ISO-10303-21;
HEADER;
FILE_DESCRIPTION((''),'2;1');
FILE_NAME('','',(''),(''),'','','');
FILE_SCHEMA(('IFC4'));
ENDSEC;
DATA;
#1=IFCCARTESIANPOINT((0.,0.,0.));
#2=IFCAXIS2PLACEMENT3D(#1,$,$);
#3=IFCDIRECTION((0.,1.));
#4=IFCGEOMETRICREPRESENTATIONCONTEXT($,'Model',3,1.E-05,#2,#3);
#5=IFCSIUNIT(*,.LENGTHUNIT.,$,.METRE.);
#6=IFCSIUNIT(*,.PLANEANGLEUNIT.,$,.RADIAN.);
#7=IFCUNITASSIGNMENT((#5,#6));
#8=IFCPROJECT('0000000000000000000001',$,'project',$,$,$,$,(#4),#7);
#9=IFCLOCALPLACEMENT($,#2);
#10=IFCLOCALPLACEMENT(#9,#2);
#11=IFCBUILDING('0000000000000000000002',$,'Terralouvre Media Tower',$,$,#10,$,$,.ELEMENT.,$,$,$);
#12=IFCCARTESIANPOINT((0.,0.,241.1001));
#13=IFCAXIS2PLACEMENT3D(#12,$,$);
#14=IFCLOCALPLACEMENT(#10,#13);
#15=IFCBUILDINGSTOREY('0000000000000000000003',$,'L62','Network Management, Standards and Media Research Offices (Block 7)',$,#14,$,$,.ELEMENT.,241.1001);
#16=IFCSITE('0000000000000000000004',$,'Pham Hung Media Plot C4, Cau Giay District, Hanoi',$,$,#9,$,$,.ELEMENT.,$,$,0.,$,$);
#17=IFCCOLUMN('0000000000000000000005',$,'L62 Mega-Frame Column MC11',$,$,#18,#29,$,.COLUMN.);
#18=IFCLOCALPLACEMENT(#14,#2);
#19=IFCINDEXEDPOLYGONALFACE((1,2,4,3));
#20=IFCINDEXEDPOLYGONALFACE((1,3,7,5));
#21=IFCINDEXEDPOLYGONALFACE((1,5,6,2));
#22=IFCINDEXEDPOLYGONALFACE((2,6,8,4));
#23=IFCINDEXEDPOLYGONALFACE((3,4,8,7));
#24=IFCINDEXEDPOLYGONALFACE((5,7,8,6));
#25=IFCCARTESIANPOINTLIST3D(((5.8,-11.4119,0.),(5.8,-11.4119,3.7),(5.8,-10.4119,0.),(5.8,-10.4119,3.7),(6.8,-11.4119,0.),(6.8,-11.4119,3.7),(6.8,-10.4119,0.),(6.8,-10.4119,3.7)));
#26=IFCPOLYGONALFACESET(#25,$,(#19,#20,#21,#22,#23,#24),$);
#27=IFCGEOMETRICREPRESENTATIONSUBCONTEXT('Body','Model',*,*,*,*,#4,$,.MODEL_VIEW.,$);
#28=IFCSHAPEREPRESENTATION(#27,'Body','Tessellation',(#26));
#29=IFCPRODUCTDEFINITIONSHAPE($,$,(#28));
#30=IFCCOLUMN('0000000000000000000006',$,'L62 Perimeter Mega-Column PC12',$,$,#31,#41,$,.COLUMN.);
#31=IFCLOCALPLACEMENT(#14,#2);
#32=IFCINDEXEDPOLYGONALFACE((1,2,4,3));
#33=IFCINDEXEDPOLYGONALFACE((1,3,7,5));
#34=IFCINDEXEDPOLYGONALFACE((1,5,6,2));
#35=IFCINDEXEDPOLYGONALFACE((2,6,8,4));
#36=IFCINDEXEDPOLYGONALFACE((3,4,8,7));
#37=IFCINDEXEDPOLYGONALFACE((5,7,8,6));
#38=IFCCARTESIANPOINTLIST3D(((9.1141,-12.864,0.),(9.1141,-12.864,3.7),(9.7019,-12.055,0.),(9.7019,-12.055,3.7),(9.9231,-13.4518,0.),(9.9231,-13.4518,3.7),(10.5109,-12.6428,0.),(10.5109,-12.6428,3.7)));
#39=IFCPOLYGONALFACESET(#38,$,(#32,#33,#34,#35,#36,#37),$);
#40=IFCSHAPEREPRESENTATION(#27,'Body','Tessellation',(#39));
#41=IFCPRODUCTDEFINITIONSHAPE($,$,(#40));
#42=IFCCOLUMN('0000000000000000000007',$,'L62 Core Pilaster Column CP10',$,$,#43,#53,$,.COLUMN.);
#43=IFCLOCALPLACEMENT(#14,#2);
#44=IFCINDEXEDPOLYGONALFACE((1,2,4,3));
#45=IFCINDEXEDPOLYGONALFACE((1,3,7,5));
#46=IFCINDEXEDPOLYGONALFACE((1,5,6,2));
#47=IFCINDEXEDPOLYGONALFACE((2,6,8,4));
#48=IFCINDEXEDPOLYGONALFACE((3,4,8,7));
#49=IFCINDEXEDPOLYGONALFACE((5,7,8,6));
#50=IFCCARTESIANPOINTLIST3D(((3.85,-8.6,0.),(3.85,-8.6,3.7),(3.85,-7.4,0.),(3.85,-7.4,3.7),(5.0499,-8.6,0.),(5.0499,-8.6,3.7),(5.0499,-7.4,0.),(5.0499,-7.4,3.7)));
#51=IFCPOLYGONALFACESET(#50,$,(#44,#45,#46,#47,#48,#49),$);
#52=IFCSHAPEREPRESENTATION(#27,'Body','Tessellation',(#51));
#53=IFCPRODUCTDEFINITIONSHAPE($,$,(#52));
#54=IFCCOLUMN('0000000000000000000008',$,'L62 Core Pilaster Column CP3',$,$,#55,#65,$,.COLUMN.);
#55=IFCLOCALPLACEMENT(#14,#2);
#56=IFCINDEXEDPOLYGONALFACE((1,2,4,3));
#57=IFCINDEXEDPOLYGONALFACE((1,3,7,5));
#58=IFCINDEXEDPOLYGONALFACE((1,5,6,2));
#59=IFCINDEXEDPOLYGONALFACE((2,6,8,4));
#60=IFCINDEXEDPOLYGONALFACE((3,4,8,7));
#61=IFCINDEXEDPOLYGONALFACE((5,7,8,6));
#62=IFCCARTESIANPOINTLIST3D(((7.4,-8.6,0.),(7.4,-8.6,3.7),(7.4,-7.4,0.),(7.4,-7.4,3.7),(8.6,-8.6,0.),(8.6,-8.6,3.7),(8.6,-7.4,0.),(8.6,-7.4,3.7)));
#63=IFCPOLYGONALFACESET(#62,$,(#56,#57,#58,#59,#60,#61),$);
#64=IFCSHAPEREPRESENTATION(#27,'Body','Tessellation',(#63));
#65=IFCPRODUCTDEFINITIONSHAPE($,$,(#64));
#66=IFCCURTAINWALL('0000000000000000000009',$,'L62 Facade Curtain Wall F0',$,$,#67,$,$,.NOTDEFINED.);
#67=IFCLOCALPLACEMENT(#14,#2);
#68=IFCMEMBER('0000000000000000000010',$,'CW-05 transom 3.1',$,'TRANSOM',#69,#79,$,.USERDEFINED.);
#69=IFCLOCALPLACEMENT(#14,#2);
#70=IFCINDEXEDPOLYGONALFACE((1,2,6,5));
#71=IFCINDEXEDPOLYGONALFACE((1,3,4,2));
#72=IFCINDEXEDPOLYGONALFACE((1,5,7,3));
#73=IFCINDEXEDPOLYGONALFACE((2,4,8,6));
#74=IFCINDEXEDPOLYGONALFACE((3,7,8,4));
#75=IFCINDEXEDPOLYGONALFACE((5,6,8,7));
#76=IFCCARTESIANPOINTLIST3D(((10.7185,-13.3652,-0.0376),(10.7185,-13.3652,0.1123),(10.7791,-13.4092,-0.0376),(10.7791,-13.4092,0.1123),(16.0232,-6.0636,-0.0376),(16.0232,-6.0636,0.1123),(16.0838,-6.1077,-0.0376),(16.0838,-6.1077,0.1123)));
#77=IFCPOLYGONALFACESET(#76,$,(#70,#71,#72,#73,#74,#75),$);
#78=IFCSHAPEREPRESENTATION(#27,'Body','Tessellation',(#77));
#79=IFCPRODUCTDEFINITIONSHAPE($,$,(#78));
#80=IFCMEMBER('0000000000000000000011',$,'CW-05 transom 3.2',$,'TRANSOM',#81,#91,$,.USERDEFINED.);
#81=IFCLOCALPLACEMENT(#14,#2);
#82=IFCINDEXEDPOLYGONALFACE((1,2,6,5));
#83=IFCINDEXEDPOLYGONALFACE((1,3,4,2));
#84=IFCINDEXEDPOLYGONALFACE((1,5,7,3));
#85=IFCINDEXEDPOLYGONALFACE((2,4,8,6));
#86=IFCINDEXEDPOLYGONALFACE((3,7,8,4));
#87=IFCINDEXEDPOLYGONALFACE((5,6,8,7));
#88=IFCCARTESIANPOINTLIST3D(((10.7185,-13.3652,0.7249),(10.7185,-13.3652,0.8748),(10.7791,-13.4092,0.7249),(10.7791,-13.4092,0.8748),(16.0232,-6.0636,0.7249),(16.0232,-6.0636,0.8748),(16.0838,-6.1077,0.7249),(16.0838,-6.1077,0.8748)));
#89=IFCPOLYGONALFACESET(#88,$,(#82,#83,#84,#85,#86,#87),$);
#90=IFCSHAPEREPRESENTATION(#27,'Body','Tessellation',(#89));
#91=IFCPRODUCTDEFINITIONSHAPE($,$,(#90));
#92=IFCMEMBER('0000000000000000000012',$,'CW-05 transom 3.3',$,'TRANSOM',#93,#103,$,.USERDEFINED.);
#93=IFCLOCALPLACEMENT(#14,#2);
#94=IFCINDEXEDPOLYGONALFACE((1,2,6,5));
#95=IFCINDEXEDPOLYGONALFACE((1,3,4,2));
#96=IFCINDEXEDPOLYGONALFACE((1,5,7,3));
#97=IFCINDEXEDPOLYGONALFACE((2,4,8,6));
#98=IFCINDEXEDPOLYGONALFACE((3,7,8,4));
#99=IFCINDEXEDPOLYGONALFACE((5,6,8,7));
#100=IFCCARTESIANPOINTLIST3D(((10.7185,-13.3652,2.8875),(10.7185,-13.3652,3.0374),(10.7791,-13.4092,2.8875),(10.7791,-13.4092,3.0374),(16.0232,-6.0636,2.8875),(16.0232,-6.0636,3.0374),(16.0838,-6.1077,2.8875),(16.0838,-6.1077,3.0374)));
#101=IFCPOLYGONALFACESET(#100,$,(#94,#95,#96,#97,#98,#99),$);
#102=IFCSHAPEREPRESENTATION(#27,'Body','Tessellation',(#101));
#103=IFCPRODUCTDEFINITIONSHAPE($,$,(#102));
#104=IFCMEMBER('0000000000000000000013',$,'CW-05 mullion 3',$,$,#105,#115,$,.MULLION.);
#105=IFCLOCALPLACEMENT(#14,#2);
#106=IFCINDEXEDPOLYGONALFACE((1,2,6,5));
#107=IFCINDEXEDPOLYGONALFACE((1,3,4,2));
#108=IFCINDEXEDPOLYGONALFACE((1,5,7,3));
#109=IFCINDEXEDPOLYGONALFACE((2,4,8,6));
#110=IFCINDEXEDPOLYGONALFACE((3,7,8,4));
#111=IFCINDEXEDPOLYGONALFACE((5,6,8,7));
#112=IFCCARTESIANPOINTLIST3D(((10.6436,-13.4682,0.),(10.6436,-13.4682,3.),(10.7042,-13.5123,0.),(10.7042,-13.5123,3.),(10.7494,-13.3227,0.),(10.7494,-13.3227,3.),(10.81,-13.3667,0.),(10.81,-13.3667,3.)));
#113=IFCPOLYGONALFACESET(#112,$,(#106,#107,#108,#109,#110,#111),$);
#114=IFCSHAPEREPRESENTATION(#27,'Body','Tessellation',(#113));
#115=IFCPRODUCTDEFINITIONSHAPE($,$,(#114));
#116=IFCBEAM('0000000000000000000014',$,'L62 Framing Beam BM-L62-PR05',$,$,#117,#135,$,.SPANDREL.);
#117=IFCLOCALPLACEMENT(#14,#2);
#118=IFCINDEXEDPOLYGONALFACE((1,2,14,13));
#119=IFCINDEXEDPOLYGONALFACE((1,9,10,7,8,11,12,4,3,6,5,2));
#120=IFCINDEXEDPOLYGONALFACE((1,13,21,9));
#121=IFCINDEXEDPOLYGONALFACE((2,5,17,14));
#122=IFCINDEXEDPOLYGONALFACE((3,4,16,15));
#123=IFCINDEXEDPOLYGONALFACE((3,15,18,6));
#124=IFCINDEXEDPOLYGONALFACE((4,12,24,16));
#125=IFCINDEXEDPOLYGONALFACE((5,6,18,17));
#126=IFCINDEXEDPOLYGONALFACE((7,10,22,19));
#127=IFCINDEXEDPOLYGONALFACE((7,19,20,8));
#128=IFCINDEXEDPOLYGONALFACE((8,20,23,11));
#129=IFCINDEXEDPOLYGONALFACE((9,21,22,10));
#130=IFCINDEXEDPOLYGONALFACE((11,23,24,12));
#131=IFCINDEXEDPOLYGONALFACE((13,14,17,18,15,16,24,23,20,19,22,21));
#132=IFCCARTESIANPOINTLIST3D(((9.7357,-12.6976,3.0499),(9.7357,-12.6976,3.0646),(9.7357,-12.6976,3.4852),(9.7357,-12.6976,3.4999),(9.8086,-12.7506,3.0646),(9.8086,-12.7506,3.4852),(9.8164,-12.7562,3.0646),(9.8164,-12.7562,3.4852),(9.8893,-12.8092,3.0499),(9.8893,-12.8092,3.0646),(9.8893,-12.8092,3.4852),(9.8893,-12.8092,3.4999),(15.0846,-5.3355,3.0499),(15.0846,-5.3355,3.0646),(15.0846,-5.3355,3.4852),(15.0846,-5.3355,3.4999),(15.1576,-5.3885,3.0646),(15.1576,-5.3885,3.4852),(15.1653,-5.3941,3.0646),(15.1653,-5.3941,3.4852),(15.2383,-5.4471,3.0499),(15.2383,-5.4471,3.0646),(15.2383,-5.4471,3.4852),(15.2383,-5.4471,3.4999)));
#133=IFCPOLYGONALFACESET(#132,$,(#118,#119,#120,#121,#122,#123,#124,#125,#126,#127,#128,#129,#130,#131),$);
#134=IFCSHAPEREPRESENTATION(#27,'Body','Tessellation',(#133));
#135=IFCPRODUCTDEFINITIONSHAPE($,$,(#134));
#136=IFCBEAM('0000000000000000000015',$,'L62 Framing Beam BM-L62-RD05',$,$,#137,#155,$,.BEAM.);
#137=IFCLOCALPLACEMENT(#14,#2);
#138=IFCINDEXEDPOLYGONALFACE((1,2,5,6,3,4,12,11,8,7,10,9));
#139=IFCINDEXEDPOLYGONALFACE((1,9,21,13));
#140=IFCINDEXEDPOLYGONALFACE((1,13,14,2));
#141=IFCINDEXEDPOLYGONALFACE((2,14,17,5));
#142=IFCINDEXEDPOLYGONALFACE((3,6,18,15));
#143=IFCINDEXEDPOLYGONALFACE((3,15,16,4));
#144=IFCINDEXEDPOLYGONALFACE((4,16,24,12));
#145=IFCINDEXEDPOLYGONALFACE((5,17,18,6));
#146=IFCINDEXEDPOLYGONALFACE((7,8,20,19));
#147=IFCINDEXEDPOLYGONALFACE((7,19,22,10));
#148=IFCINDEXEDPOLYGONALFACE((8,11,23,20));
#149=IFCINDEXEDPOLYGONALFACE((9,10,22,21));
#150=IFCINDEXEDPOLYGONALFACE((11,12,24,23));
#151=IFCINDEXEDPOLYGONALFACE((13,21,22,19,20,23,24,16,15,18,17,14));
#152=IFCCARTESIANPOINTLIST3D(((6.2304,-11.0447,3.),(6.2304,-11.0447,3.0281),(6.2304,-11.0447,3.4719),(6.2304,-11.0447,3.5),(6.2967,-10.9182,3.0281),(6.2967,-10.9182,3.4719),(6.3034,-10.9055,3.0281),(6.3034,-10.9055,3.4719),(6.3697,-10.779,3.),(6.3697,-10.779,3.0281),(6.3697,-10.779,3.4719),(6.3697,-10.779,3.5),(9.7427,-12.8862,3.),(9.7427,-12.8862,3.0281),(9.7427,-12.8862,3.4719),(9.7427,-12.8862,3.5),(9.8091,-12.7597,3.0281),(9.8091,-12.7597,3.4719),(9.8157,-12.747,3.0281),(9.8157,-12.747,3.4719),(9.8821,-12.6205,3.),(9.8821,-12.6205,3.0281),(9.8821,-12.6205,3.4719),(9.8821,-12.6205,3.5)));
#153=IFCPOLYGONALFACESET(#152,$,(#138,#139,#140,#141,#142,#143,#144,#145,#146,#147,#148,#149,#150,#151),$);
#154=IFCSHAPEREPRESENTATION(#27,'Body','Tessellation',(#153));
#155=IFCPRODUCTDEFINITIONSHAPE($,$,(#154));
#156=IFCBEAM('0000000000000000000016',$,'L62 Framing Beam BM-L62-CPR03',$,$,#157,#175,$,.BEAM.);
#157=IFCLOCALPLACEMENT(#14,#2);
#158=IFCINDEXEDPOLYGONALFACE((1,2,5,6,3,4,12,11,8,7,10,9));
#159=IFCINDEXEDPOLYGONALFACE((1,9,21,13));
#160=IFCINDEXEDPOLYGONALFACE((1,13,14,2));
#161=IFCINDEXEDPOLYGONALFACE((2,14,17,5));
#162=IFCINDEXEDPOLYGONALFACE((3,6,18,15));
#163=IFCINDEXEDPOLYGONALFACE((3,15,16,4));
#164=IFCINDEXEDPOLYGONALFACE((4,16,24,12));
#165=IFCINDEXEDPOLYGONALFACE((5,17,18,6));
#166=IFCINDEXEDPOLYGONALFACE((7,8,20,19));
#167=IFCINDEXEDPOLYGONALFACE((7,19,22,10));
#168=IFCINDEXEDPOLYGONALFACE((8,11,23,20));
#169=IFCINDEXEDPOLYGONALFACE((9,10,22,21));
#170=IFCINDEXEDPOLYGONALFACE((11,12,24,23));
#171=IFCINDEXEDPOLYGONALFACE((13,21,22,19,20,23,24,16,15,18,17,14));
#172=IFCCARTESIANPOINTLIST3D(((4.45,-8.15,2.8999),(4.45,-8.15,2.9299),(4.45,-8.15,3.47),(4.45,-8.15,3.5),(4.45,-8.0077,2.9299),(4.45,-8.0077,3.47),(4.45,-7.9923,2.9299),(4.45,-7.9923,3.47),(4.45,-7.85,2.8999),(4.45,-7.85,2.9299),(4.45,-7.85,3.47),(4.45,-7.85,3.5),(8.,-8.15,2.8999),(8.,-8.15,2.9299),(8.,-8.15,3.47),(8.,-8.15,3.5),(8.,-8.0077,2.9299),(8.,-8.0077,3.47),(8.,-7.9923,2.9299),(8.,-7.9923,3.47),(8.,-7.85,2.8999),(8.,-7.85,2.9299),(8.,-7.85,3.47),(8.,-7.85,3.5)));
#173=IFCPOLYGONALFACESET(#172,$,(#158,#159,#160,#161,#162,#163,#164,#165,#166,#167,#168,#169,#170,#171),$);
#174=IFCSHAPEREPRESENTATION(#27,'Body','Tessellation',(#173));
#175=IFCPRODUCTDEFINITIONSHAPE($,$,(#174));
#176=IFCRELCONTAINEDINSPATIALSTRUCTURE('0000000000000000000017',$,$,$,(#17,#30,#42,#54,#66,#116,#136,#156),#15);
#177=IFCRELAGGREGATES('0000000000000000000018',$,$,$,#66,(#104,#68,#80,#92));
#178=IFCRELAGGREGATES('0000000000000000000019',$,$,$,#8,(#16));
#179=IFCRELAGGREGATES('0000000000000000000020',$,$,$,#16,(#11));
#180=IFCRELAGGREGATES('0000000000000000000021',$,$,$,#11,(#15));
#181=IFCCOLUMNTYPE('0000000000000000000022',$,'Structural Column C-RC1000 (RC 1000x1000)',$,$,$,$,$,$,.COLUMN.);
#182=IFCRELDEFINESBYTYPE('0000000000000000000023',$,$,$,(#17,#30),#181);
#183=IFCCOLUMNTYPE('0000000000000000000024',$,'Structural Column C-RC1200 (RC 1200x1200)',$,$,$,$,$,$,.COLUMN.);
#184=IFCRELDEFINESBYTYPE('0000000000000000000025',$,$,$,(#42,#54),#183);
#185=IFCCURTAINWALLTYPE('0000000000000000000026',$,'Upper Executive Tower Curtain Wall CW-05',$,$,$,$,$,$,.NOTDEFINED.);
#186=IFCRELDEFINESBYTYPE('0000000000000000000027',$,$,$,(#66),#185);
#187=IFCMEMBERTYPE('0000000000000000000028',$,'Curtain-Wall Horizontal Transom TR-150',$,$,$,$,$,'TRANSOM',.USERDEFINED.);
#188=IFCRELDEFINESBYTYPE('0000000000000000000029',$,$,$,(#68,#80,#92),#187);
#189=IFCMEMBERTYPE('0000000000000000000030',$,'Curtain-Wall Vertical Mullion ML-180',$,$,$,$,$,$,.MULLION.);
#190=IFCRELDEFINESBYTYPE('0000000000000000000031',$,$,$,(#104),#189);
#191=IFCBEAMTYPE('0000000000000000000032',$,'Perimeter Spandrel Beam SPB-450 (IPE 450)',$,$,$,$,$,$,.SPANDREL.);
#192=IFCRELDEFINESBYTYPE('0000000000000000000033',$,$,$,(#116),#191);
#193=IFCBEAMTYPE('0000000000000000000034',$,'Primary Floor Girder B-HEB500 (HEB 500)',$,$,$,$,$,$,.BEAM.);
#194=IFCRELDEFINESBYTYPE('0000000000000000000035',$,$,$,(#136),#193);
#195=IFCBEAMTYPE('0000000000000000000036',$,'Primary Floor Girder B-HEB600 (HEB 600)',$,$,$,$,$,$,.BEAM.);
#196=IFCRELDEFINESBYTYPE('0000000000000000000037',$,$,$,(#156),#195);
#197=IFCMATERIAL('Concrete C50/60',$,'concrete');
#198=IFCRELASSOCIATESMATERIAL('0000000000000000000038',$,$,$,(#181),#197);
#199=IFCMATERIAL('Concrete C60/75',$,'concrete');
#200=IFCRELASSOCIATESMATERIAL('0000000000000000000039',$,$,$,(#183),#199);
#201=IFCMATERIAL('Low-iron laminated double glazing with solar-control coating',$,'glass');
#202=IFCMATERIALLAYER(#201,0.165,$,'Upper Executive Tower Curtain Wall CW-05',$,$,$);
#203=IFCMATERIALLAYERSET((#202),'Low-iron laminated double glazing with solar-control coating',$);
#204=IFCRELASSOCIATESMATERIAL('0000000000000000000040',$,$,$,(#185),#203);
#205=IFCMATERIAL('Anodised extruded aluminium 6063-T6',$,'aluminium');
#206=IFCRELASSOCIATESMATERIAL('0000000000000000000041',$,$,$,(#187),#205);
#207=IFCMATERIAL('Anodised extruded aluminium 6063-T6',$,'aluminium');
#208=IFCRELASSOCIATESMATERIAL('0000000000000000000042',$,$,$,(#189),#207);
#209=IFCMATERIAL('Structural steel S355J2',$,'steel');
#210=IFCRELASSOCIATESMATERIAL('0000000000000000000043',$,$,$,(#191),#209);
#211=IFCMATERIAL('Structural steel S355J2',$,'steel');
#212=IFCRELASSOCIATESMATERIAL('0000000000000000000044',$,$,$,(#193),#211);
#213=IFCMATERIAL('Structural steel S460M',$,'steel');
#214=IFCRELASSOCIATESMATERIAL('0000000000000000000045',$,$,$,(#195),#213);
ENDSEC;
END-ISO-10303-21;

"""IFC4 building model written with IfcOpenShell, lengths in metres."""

from ifc_helpers import new_model, si_unit, direction, frame, origin, origin_2d, place, context, subcontext, project, spatial, rectangle, i_section, extrude, material, layer, layer_set, material_profile, profile_set, type_object, element, aggregate, save


model = new_model("IFC4")

# Units and contexts
model_context = context("Model", 3, precision=1e-05, world=origin(), true_north=direction((0.0, 1.0)))
body_context = subcontext(model_context, "Body", "Model", "MODEL_VIEW")
ifc_project = project(units=[si_unit("LENGTHUNIT", "METRE"), si_unit("PLANEANGLEUNIT", "RADIAN")], contexts=[model_context])

# Site, building, storey
site_placement = place(None, origin())
site = spatial("IfcSite", under=ifc_project, at=site_placement, Name="Pham Hung Media Plot C4, Cau Giay District, Hanoi", CompositionType="ELEMENT", RefElevation=0.0)
building_placement = place(site_placement, origin())
building = spatial("IfcBuilding", under=site, at=building_placement, Name="Terralouvre Media Tower", CompositionType="ELEMENT")
storey_placement = place(building_placement, frame((0.0, 0.0, 241.1001)))
storey = spatial("IfcBuildingStorey", under=building, at=storey_placement, Name="L62", Description="Network Management, Standards and Media Research Offices (Block 7)", CompositionType="ELEMENT", Elevation=241.1001)

# Columns
ifc_material_1 = material(Name="Concrete C50/60", Category="concrete")
ifc_material_profile_1 = material_profile(ifc_material_1, rectangle(XDim=1.0, YDim=1.0, at=origin_2d()), Name="RC 1000x1000")
ifc_profile_set_1 = profile_set([ifc_material_profile_1], Name="Concrete C50/60")
column_type_1 = type_object("IfcColumnType", Name="Structural Column C-RC1000 (RC 1000x1000)", PredefinedType="COLUMN", material=ifc_profile_set_1)
for number, where, z_axis, x_axis, name in (
    (1, (6.3, -10.9119, 0.0), (0.0, 0.0, 1.0), (1.0, 0.0, 0.0), "L62 Mega-Frame Column MC11"),
    (2, (9.8125, -12.7534, 0.0), (0.0, 0.0, 1.0), (0.587785, 0.809017, 0.0), "L62 Perimeter Mega-Column PC12"),
):
    element("IfcColumn", number, at=place(storey_placement, frame(where, z_axis=z_axis, x_axis=x_axis)), inside=storey, type_object=column_type_1, Name=name, PredefinedType="COLUMN", context=body_context, shape_type="SweptSolid", body=[
        extrude(rectangle(XDim=1.0, YDim=1.0, at=origin_2d()), origin(), (0.0, 0.0, 1.0), 3.7),
    ])
ifc_material_2 = material(Name="Concrete C60/75", Category="concrete")
ifc_material_profile_2 = material_profile(ifc_material_2, rectangle(XDim=1.2, YDim=1.2, at=origin_2d()), Name="RC 1200x1200")
ifc_profile_set_2 = profile_set([ifc_material_profile_2], Name="Concrete C60/75")
column_type_2 = type_object("IfcColumnType", Name="Structural Column C-RC1200 (RC 1200x1200)", PredefinedType="COLUMN", material=ifc_profile_set_2)
for number, where, z_axis, x_axis, name in (
    (3, (4.45, -8.0, 0.0), (0.0, 0.0, 1.0), (1.0, 0.0, 0.0), "L62 Core Pilaster Column CP10"),
    (4, (8.0, -8.0, 0.0), (0.0, 0.0, 1.0), (1.0, 0.0, 0.0), "L62 Core Pilaster Column CP3"),
):
    element("IfcColumn", number, at=place(storey_placement, frame(where, z_axis=z_axis, x_axis=x_axis)), inside=storey, type_object=column_type_2, Name=name, PredefinedType="COLUMN", context=body_context, shape_type="SweptSolid", body=[
        extrude(rectangle(XDim=1.2, YDim=1.2, at=origin_2d()), origin(), (0.0, 0.0, 1.0), 3.7),
    ])

# Curtain wall, members
ifc_material_3 = material(Name="Low-iron laminated double glazing with solar-control coating", Category="glass")
ifc_layer_1 = layer(ifc_material_3, 0.165, Name="Upper Executive Tower Curtain Wall CW-05")
ifc_layer_set_1 = layer_set([ifc_layer_1], Name="Low-iron laminated double glazing with solar-control coating")
curtain_wall_type = type_object("IfcCurtainWallType", Name="Upper Executive Tower Curtain Wall CW-05", PredefinedType="NOTDEFINED", material=ifc_layer_set_1)
curtain_wall_placement = place(storey_placement, origin())
curtain_wall = element("IfcCurtainWall", 5, at=curtain_wall_placement, inside=storey, type_object=curtain_wall_type, Name="L62 Facade Curtain Wall F0", PredefinedType="NOTDEFINED")
ifc_material_4 = material(Name="Anodised extruded aluminium 6063-T6", Category="aluminium")
ifc_material_profile_3 = material_profile(ifc_material_4, rectangle(XDim=0.075, YDim=0.1499, at=origin_2d()), Name="ALU 75x150")
ifc_profile_set_3 = profile_set([ifc_material_profile_3], Name="Anodised extruded aluminium 6063-T6")
member_type_1 = type_object("IfcMemberType", Name="Curtain-Wall Horizontal Transom TR-150", ElementType="TRANSOM", PredefinedType="USERDEFINED", material=ifc_profile_set_3)
member_1_placement = place(storey_placement, frame((10.7488, -13.3872, 0.0374), z_axis=(0.587773, 0.809026, 0.0), x_axis=(-0.809026, 0.587773, 0.0)))
member_1 = element("IfcMember", 6, at=member_1_placement, type_object=member_type_1, Name="CW-05 transom 3.1", ObjectType="TRANSOM", PredefinedType="USERDEFINED", context=body_context, shape_type="SweptSolid", body=[
    extrude(rectangle(XDim=0.075, YDim=0.1499, at=origin_2d()), origin(), (0.0, 0.0, 1.0), 9.0251),
])
member_2_placement = place(storey_placement, frame((10.7488, -13.3872, 0.7998), z_axis=(0.587773, 0.809026, 0.0), x_axis=(-0.809026, 0.587773, 0.0)))
member_2 = element("IfcMember", 7, at=member_2_placement, type_object=member_type_1, Name="CW-05 transom 3.2", ObjectType="TRANSOM", PredefinedType="USERDEFINED", context=body_context, shape_type="SweptSolid", body=[
    extrude(rectangle(XDim=0.075, YDim=0.1499, at=origin_2d()), origin(), (0.0, 0.0, 1.0), 9.0251),
])
member_3_placement = place(storey_placement, frame((10.7488, -13.3872, 2.9624), z_axis=(0.587773, 0.809026, 0.0), x_axis=(-0.809026, 0.587773, 0.0)))
member_3 = element("IfcMember", 8, at=member_3_placement, type_object=member_type_1, Name="CW-05 transom 3.3", ObjectType="TRANSOM", PredefinedType="USERDEFINED", context=body_context, shape_type="SweptSolid", body=[
    extrude(rectangle(XDim=0.075, YDim=0.1499, at=origin_2d()), origin(), (0.0, 0.0, 1.0), 9.0251),
])
ifc_material_5 = material(Name="Anodised extruded aluminium 6063-T6", Category="aluminium")
ifc_material_profile_4 = material_profile(ifc_material_5, rectangle(XDim=0.075, YDim=0.1799, at=origin_2d()), Name="ALU 75x180")
ifc_profile_set_4 = profile_set([ifc_material_profile_4], Name="Anodised extruded aluminium 6063-T6")
member_type_2 = type_object("IfcMemberType", Name="Curtain-Wall Vertical Mullion ML-180", PredefinedType="MULLION", material=ifc_profile_set_4)
member_4_placement = place(storey_placement, frame((10.7268, -13.4175, 0.0), z_axis=(0.0, 0.0, 1.0), x_axis=(-0.809017, 0.587785, 0.0)))
member_4 = element("IfcMember", 9, at=member_4_placement, type_object=member_type_2, Name="CW-05 mullion 3", PredefinedType="MULLION", context=body_context, shape_type="SweptSolid", body=[
    extrude(rectangle(XDim=0.075, YDim=0.1799, at=origin_2d()), origin(), (0.0, 0.0, 1.0), 3.0),
])

# Beams
ifc_material_6 = material(Name="Structural steel S355J2", Category="steel")
ifc_material_profile_5 = material_profile(ifc_material_6, i_section(OverallWidth=0.1899, OverallDepth=0.45, WebThickness=0.0095, FlangeThickness=0.0146, at=origin_2d()), Name="IPE 450")
ifc_profile_set_5 = profile_set([ifc_material_profile_5], Name="Structural steel S355J2")
beam_type_1 = type_object("IfcBeamType", Name="Perimeter Spandrel Beam SPB-450 (IPE 450)", PredefinedType="SPANDREL", material=ifc_profile_set_5)
beam_1_placement = place(storey_placement, frame((9.8125, -12.7534, 3.2749), z_axis=(0.587787, 0.809016, 0.0), x_axis=(-0.809016, 0.587787, 0.0)))
element("IfcBeam", 10, at=beam_1_placement, inside=storey, type_object=beam_type_1, Name="L62 Framing Beam BM-L62-PR05", PredefinedType="SPANDREL", context=body_context, shape_type="SweptSolid", body=[
    extrude(i_section(OverallWidth=0.1899, OverallDepth=0.45, WebThickness=0.0095, FlangeThickness=0.0146, at=origin_2d()), origin(), (0.0, 0.0, 1.0), 9.1001),
])
ifc_material_7 = material(Name="Structural steel S355J2", Category="steel")
ifc_material_profile_6 = material_profile(ifc_material_7, i_section(OverallWidth=0.3, OverallDepth=0.5, WebThickness=0.0144, FlangeThickness=0.0281, at=origin_2d()), Name="HEB 500")
ifc_profile_set_6 = profile_set([ifc_material_profile_6], Name="Structural steel S355J2")
beam_type_2 = type_object("IfcBeamType", Name="Primary Floor Girder B-HEB500 (HEB 500)", PredefinedType="BEAM", material=ifc_profile_set_6)
beam_2_placement = place(storey_placement, frame((6.3, -10.9119, 3.25), z_axis=(0.885656, -0.464343, 0.0), x_axis=(0.464343, 0.885656, 0.0)))
element("IfcBeam", 11, at=beam_2_placement, inside=storey, type_object=beam_type_2, Name="L62 Framing Beam BM-L62-RD05", PredefinedType="BEAM", context=body_context, shape_type="SweptSolid", body=[
    extrude(i_section(OverallWidth=0.3, OverallDepth=0.5, WebThickness=0.0144, FlangeThickness=0.0281, at=origin_2d()), origin(), (0.0, 0.0, 1.0), 3.9658),
])
ifc_material_8 = material(Name="Structural steel S460M", Category="steel")
ifc_material_profile_7 = material_profile(ifc_material_8, i_section(OverallWidth=0.3, OverallDepth=0.6001, WebThickness=0.0154, FlangeThickness=0.03, at=origin_2d()), Name="HEB 600")
ifc_profile_set_7 = profile_set([ifc_material_profile_7], Name="Structural steel S460M")
beam_type_3 = type_object("IfcBeamType", Name="Primary Floor Girder B-HEB600 (HEB 600)", PredefinedType="BEAM", material=ifc_profile_set_7)
beam_3_placement = place(storey_placement, frame((4.45, -8.0, 3.2), z_axis=(1.0, 0.0, 0.0), x_axis=(0.0, 1.0, 0.0)))
element("IfcBeam", 12, at=beam_3_placement, inside=storey, type_object=beam_type_3, Name="L62 Framing Beam BM-L62-CPR03", PredefinedType="BEAM", context=body_context, shape_type="SweptSolid", body=[
    extrude(i_section(OverallWidth=0.3, OverallDepth=0.6001, WebThickness=0.0154, FlangeThickness=0.03, at=origin_2d()), origin(), (0.0, 0.0, 1.0), 3.55),
])

aggregate(curtain_wall, [member_4, member_1, member_2, member_3])

save(model, "model.ifc")
